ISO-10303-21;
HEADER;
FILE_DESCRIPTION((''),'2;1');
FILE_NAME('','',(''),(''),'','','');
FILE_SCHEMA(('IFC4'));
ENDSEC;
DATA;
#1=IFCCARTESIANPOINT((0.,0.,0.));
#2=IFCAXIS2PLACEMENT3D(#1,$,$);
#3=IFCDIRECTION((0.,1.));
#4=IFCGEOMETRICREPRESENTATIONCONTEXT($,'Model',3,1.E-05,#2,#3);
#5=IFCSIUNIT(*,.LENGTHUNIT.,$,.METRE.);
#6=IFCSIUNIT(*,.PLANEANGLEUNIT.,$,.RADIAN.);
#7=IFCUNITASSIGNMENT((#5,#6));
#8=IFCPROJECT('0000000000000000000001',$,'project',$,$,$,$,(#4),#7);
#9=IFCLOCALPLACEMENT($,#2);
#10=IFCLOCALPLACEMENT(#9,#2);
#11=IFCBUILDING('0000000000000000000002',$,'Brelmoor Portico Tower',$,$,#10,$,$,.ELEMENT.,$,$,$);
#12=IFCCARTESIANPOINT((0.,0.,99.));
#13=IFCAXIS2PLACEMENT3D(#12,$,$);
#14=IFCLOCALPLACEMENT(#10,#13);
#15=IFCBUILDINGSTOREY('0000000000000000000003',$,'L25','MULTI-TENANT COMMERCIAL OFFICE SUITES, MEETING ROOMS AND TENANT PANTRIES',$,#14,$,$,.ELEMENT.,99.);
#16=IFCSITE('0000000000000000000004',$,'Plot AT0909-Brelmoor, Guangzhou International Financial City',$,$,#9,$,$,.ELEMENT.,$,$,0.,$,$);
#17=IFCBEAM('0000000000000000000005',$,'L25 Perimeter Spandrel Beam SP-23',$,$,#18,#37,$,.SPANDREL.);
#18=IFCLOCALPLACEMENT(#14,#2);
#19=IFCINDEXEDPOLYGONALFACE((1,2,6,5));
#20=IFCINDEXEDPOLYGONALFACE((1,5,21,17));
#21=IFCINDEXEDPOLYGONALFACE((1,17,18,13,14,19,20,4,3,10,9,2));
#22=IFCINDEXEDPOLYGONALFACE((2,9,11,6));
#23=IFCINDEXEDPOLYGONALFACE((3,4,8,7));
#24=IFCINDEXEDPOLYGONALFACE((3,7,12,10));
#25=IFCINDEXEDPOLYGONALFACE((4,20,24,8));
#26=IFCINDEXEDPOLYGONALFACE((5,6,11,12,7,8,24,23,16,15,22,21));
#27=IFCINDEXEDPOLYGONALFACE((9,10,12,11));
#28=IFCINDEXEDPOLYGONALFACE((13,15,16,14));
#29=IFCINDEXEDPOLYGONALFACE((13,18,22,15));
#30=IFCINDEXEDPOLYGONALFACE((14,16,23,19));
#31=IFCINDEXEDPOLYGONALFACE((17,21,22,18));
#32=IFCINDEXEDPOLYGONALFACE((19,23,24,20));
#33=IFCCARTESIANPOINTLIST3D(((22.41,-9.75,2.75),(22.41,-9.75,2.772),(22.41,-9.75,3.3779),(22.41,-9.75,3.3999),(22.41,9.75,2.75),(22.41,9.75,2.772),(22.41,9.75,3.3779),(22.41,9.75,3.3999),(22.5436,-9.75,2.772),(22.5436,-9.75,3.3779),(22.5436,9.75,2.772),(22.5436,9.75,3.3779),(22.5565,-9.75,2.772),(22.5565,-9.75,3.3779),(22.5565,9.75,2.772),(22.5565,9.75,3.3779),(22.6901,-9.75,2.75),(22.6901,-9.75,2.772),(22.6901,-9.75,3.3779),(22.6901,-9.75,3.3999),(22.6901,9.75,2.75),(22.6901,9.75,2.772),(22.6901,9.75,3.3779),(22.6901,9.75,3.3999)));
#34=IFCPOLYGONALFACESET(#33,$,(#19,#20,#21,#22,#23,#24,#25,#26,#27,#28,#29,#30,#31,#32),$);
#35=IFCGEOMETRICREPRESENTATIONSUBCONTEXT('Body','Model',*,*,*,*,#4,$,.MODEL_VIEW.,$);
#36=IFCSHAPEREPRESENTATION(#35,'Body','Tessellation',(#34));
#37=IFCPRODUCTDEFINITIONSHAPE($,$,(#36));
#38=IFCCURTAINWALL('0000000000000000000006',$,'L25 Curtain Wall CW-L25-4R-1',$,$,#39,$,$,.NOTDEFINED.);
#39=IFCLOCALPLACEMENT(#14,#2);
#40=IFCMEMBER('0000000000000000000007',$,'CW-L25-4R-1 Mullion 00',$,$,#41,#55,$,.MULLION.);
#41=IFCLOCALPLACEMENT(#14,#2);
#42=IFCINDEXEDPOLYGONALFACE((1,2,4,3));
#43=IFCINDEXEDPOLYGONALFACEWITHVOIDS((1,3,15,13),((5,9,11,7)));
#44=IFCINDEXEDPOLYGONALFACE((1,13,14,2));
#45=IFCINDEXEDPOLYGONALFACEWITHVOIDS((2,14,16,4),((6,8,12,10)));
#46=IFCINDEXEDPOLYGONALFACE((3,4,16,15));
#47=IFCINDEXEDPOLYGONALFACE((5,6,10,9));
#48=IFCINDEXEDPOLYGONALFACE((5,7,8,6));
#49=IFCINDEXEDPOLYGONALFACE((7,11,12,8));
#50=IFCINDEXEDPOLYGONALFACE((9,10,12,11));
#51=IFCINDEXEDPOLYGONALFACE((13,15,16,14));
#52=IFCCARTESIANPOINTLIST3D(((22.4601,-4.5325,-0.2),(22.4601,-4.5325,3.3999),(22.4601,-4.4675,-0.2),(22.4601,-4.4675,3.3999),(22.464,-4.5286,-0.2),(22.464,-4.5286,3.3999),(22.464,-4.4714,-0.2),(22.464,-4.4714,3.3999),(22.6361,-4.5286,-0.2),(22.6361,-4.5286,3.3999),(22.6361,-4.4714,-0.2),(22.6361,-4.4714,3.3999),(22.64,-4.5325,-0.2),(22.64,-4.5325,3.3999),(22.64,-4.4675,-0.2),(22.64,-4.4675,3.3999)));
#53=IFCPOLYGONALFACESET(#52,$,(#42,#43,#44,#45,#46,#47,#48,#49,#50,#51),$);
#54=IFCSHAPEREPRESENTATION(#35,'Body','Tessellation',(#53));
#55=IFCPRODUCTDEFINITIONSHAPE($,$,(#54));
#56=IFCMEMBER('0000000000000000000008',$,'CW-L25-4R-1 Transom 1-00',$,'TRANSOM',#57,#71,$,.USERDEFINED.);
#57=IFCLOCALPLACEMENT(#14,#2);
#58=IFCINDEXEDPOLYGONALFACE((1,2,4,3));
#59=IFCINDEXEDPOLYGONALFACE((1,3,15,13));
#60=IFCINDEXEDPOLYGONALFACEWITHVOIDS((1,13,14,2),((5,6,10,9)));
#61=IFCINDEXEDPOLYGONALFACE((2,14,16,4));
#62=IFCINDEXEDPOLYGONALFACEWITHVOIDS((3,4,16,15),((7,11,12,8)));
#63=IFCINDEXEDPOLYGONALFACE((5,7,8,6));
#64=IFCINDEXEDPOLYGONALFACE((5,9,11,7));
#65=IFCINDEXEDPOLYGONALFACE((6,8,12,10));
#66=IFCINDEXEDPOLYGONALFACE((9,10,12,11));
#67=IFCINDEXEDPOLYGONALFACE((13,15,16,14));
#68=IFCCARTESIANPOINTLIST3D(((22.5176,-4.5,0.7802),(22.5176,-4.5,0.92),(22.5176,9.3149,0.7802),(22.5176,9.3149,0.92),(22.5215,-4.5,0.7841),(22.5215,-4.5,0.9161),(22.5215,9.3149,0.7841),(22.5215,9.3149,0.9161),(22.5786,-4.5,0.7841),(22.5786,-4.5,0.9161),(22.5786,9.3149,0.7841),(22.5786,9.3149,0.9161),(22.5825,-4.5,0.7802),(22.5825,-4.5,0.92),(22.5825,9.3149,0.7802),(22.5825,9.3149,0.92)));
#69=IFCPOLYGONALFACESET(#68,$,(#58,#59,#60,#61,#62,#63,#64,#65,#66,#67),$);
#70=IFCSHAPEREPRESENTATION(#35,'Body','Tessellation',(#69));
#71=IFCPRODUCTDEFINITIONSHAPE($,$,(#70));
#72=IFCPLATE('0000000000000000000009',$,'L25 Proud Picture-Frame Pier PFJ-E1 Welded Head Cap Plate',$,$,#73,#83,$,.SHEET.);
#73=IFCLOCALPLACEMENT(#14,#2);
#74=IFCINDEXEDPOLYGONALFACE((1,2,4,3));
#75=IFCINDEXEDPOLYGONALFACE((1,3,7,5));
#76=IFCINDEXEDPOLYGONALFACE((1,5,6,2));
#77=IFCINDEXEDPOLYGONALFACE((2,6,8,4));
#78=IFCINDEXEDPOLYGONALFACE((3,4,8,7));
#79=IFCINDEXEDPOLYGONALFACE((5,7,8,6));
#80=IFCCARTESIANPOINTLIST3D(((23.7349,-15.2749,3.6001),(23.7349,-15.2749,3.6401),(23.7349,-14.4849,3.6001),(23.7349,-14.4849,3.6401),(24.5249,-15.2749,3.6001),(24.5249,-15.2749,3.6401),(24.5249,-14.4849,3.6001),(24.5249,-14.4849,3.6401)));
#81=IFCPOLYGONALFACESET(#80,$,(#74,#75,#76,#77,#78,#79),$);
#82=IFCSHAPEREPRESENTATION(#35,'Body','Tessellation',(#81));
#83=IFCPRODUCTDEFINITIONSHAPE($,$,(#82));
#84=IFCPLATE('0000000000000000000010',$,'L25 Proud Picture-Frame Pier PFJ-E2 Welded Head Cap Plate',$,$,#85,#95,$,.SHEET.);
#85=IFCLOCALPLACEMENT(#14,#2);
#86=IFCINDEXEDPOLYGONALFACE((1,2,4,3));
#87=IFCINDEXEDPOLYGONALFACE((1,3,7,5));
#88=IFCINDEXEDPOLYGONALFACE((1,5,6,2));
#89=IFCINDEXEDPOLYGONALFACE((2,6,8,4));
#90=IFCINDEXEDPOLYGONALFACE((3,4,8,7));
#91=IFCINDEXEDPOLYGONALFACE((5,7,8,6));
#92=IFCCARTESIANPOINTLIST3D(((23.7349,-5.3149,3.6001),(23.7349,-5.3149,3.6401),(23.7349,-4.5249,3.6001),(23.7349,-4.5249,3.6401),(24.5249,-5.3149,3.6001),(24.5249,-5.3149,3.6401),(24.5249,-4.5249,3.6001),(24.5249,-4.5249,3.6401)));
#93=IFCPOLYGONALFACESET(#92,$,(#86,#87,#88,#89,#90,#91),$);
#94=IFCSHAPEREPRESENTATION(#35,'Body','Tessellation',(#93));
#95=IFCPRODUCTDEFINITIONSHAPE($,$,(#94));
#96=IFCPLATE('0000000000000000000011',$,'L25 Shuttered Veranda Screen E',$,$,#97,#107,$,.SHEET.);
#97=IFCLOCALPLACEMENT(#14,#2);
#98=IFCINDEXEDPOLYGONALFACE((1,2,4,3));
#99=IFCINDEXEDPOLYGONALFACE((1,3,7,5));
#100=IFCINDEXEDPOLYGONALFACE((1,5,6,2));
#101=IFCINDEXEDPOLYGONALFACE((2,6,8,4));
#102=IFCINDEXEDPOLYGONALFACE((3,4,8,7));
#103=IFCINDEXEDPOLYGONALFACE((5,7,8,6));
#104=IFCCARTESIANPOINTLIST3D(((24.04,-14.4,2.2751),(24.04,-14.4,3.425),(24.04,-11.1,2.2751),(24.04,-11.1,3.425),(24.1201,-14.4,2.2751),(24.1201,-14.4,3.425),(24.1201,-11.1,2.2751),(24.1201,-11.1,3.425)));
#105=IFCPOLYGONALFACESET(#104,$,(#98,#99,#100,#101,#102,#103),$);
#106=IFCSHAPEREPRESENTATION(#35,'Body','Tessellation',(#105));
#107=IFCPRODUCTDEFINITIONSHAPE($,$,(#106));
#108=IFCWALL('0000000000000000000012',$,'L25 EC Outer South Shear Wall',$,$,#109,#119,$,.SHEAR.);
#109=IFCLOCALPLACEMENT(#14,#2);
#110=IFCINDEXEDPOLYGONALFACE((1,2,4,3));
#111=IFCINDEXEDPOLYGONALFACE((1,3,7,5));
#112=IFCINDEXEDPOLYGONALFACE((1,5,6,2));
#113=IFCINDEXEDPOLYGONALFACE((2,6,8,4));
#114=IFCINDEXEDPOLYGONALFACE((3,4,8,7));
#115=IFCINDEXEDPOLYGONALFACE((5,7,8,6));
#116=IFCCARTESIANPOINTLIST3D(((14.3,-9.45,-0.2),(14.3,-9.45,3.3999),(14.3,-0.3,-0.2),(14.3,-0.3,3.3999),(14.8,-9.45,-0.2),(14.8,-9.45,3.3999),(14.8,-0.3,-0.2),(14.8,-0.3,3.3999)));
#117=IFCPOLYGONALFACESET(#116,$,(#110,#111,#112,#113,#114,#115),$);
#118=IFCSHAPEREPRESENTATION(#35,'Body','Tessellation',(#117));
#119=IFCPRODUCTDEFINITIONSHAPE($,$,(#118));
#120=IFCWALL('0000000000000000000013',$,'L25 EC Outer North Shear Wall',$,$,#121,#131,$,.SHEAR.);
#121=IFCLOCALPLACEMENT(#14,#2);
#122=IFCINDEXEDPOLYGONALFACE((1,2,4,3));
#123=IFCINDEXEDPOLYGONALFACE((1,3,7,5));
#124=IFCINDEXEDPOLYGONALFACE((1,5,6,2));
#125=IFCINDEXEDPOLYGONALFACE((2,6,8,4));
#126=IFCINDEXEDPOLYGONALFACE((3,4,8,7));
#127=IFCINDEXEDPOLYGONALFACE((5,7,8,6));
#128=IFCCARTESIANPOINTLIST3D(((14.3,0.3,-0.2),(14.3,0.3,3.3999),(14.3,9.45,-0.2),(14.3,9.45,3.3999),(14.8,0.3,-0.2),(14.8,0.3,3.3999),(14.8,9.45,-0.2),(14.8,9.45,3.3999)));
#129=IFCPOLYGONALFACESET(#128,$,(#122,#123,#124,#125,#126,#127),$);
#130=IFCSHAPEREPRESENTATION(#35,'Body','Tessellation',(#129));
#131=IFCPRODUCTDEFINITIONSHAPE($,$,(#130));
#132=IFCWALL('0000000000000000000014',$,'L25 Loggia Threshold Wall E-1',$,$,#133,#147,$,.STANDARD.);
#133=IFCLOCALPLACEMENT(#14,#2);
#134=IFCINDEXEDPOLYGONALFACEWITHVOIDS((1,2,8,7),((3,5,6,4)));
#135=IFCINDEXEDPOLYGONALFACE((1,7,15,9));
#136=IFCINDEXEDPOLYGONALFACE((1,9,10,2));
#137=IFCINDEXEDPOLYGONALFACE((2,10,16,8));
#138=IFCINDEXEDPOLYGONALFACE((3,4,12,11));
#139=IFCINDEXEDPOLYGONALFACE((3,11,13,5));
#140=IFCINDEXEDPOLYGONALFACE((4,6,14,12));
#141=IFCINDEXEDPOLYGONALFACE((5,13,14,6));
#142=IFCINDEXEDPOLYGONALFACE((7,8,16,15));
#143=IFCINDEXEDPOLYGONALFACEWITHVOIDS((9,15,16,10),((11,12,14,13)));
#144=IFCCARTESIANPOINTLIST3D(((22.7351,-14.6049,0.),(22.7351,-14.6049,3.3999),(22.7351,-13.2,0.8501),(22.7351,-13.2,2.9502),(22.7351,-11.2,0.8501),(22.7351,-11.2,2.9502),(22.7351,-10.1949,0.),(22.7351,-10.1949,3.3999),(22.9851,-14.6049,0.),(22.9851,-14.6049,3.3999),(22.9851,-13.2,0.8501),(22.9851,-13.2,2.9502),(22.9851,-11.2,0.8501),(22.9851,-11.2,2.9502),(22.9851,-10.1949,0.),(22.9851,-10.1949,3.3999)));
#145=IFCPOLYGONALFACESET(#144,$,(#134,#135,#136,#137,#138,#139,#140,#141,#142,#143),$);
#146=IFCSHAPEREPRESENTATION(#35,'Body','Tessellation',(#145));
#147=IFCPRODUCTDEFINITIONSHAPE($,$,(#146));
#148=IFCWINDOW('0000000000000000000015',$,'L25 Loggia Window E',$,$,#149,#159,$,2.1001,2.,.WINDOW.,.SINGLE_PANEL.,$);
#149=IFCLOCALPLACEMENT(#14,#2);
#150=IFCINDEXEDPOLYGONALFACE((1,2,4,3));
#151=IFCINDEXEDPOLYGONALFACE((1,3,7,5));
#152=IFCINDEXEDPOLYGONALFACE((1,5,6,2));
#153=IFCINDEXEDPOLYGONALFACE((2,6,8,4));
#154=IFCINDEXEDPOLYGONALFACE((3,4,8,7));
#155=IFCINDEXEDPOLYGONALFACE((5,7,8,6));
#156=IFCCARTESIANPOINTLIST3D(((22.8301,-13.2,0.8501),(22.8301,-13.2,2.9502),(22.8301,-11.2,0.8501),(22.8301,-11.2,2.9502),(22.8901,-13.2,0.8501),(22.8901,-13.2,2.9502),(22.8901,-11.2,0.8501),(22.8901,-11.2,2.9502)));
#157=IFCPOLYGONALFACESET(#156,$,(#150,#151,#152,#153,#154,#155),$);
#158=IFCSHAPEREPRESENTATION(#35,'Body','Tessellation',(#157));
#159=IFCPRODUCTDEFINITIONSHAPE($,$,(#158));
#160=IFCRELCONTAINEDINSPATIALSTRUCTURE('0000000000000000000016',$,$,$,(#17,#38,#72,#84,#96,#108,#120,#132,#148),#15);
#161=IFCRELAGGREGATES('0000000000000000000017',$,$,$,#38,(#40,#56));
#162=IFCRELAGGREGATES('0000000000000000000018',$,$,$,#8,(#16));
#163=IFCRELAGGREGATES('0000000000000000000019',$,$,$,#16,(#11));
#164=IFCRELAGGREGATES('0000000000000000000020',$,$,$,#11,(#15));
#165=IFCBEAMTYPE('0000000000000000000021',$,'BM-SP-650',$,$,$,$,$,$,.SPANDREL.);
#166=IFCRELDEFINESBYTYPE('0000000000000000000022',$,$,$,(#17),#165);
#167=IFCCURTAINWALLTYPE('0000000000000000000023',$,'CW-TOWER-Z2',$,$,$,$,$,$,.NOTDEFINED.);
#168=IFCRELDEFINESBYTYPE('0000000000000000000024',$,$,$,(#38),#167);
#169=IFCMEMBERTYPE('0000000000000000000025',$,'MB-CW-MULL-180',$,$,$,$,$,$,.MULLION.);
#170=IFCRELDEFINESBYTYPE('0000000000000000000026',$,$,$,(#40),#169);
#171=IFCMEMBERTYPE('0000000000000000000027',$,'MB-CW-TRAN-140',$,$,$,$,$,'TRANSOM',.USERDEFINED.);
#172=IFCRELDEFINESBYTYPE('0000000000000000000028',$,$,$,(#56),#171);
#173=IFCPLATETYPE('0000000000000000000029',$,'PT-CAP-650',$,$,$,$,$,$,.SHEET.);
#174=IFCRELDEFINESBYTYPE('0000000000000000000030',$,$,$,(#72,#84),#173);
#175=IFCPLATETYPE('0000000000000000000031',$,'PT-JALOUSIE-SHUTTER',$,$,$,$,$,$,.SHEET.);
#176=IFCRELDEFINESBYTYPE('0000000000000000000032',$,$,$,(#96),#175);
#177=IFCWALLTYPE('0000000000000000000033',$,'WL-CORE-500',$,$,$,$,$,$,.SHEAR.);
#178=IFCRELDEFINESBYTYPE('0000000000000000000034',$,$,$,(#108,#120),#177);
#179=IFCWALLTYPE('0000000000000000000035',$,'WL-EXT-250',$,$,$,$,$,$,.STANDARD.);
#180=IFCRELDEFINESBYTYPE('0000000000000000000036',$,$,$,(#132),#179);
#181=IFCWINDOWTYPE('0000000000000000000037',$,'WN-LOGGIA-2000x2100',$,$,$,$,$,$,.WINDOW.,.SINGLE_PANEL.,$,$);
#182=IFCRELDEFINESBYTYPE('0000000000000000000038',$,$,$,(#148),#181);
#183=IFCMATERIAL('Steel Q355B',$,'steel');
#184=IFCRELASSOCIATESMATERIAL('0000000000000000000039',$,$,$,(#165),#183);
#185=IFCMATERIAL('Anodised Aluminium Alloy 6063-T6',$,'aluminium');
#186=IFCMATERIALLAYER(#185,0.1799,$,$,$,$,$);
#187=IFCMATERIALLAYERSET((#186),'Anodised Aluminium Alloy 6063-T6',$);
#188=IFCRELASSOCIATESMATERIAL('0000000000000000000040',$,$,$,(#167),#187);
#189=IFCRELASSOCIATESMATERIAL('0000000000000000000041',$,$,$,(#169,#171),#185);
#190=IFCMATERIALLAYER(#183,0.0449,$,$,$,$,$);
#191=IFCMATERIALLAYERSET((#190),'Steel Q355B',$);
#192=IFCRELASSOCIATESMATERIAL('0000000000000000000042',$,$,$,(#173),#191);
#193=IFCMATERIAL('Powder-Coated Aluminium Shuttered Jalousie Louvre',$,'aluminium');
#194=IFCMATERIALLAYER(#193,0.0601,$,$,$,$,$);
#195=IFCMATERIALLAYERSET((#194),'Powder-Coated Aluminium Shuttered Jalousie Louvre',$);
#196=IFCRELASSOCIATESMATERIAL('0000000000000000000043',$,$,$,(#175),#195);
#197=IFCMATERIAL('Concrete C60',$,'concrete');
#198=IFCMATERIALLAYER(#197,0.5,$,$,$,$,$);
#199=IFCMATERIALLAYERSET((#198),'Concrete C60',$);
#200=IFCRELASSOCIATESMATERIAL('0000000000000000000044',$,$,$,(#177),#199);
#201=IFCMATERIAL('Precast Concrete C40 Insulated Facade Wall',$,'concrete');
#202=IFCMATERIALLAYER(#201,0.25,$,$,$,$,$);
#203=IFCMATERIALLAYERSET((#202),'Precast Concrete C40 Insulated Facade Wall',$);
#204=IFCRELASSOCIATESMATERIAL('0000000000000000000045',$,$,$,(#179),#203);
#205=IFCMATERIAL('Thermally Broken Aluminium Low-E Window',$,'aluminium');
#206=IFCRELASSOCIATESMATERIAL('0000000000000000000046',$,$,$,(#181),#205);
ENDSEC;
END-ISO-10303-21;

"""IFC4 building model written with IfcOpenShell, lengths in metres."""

from ifc_helpers import new_model, si_unit, direction, frame, frame_2d, origin, origin_2d, place, context, subcontext, project, spatial, rectangle, hollow_rectangle, i_section, extrude, material, layer, layer_set, material_profile, profile_set, type_object, element, fill, aggregate, save


model = new_model("IFC4")

# Units and contexts
model_context = context("Model", 3, precision=1e-05, world=origin(), true_north=direction((0.0, 1.0)))
body_context = subcontext(model_context, "Body", "Model", "MODEL_VIEW")
ifc_project = project(units=[si_unit("LENGTHUNIT", "METRE"), si_unit("PLANEANGLEUNIT", "RADIAN")], contexts=[model_context])

# Site, building, storey
site_placement = place(None, origin())
site = spatial("IfcSite", under=ifc_project, at=site_placement, Name="Plot AT0909-Brelmoor, Guangzhou International Financial City", CompositionType="ELEMENT", RefElevation=0.0)
building_placement = place(site_placement, origin())
building = spatial("IfcBuilding", under=site, at=building_placement, Name="Brelmoor Portico Tower", CompositionType="ELEMENT")
storey_placement = place(building_placement, frame((0.0, 0.0, 99.0)))
storey = spatial("IfcBuildingStorey", under=building, at=storey_placement, Name="L25", Description="MULTI-TENANT COMMERCIAL OFFICE SUITES, MEETING ROOMS AND TENANT PANTRIES", CompositionType="ELEMENT", Elevation=99.0)

# Shared definitions
ifc_material_1 = material(Name="Steel Q355B", Category="steel")

# Beam
ifc_material_profile_1 = material_profile(ifc_material_1, i_section(OverallWidth=0.28, OverallDepth=0.6499, WebThickness=0.0129, FlangeThickness=0.022, at=origin_2d()), Name="HN 650x280x13x22")
ifc_profile_set_1 = profile_set([ifc_material_profile_1], Name="Steel Q355B")
beam_type_1 = type_object("IfcBeamType", Name="BM-SP-650", PredefinedType="SPANDREL", material=ifc_profile_set_1)
beam_1_placement = place(storey_placement, frame((22.55, -9.75, 3.075), z_axis=(0.0, 1.0, 0.0), x_axis=(-1.0, 0.0, 0.0)))
element("IfcBeam", 1, at=beam_1_placement, inside=storey, type_object=beam_type_1, Name="L25 Perimeter Spandrel Beam SP-23", PredefinedType="SPANDREL", context=body_context, shape_type="SweptSolid", body=[
    extrude(i_section(OverallWidth=0.28, OverallDepth=0.6499, WebThickness=0.0129, FlangeThickness=0.022, at=origin_2d()), origin(), (0.0, 0.0, 1.0), 19.5),
])

# Curtain wall, members
ifc_material_2 = material(Name="Anodised Aluminium Alloy 6063-T6", Category="aluminium")
ifc_layer_1 = layer(ifc_material_2, 0.1799)
ifc_layer_set_1 = layer_set([ifc_layer_1], Name="Anodised Aluminium Alloy 6063-T6")
curtain_wall_type = type_object("IfcCurtainWallType", Name="CW-TOWER-Z2", PredefinedType="NOTDEFINED", material=ifc_layer_set_1)
curtain_wall_placement = place(storey_placement, origin())
curtain_wall = element("IfcCurtainWall", 2, at=curtain_wall_placement, inside=storey, type_object=curtain_wall_type, Name="L25 Curtain Wall CW-L25-4R-1", PredefinedType="NOTDEFINED")
ifc_material_profile_2 = material_profile(ifc_material_2, hollow_rectangle(XDim=0.0649, YDim=0.1799, WallThickness=0.0039, at=origin_2d()), Name="ALU MULLION 65x180")
ifc_profile_set_2 = profile_set([ifc_material_profile_2], Name="Anodised Aluminium Alloy 6063-T6")
member_type_1 = type_object("IfcMemberType", Name="MB-CW-MULL-180", PredefinedType="MULLION", material=ifc_profile_set_2)
member_1_placement = place(storey_placement, frame((22.55, -4.5, -0.2), z_axis=(0.0, 0.0, 1.0), x_axis=(0.0, 1.0, 0.0)))
member_1 = element("IfcMember", 3, at=member_1_placement, type_object=member_type_1, Name="CW-L25-4R-1 Mullion 00", PredefinedType="MULLION", context=body_context, shape_type="SweptSolid", body=[
    extrude(hollow_rectangle(XDim=0.0649, YDim=0.1799, WallThickness=0.0039, at=origin_2d()), origin(), (0.0, 0.0, 1.0), 3.5999),
])
ifc_material_profile_3 = material_profile(ifc_material_2, hollow_rectangle(XDim=0.0649, YDim=0.1399, WallThickness=0.0039, at=origin_2d()), Name="ALU TRANSOM 65x140")
ifc_profile_set_3 = profile_set([ifc_material_profile_3], Name="Anodised Aluminium Alloy 6063-T6")
member_type_2 = type_object("IfcMemberType", Name="MB-CW-TRAN-140", ElementType="TRANSOM", PredefinedType="USERDEFINED", material=ifc_profile_set_3)
member_2_placement = place(storey_placement, frame((22.55, -4.5, 0.8501), z_axis=(0.0, 1.0, 0.0), x_axis=(-1.0, 0.0, 0.0)))
member_2 = element("IfcMember", 4, at=member_2_placement, type_object=member_type_2, Name="CW-L25-4R-1 Transom 1-00", ObjectType="TRANSOM", PredefinedType="USERDEFINED", context=body_context, shape_type="SweptSolid", body=[
    extrude(hollow_rectangle(XDim=0.0649, YDim=0.1399, WallThickness=0.0039, at=origin_2d()), origin(), (0.0, 0.0, 1.0), 13.8149),
])
aggregate(curtain_wall, [member_1, member_2])

# Plates
ifc_layer_2 = layer(ifc_material_1, 0.0449)
ifc_layer_set_2 = layer_set([ifc_layer_2], Name="Steel Q355B")
plate_type_1 = type_object("IfcPlateType", Name="PT-CAP-650", PredefinedType="SHEET", material=ifc_layer_set_2)
for number, where, z_axis, x_axis, name in (
    (5, (24.1299, -14.8799, 3.6001), (0.0, 0.0, 1.0), (0.0, 1.0, 0.0), "L25 Proud Picture-Frame Pier PFJ-E1 Welded Head Cap Plate"),
    (6, (24.1299, -4.9199, 3.6001), (0.0, 0.0, 1.0), (0.0, 1.0, 0.0), "L25 Proud Picture-Frame Pier PFJ-E2 Welded Head Cap Plate"),
):
    element("IfcPlate", number, at=place(storey_placement, frame(where, z_axis=z_axis, x_axis=x_axis)), inside=storey, type_object=plate_type_1, Name=name, PredefinedType="SHEET", context=body_context, shape_type="SweptSolid", body=[
        extrude(rectangle(XDim=0.79, YDim=0.79, at=origin_2d()), origin(), (0.0, 0.0, 1.0), 0.04),
    ])
ifc_material_3 = material(Name="Powder-Coated Aluminium Shuttered Jalousie Louvre", Category="aluminium")
ifc_layer_3 = layer(ifc_material_3, 0.0601)
ifc_layer_set_3 = layer_set([ifc_layer_3], Name="Powder-Coated Aluminium Shuttered Jalousie Louvre")
plate_type_2 = type_object("IfcPlateType", Name="PT-JALOUSIE-SHUTTER", PredefinedType="SHEET", material=ifc_layer_set_3)
plate_placement = place(storey_placement, frame((24.0801, -12.75, 2.2751), z_axis=(0.0, 0.0, 1.0), x_axis=(0.0, 1.0, 0.0)))
element("IfcPlate", 7, at=plate_placement, inside=storey, type_object=plate_type_2, Name="L25 Shuttered Veranda Screen E", PredefinedType="SHEET", context=body_context, shape_type="SweptSolid", body=[
    extrude(rectangle(XDim=3.3, YDim=0.0801, at=origin_2d()), origin(), (0.0, 0.0, 1.0), 1.1499),
])

# Walls
ifc_material_4 = material(Name="Concrete C60", Category="concrete")
ifc_layer_4 = layer(ifc_material_4, 0.5)
ifc_layer_set_4 = layer_set([ifc_layer_4], Name="Concrete C60")
wall_type_1 = type_object("IfcWallType", Name="WL-CORE-500", PredefinedType="SHEAR", material=ifc_layer_set_4)
for number, where, z_axis, x_axis, name in (
    (8, (14.55, -9.45, -0.2), (0.0, 0.0, 1.0), (0.0, 1.0, 0.0), "L25 EC Outer South Shear Wall"),
    (9, (14.55, 0.3, -0.2), (0.0, 0.0, 1.0), (0.0, 1.0, 0.0), "L25 EC Outer North Shear Wall"),
):
    element("IfcWall", number, at=place(storey_placement, frame(where, z_axis=z_axis, x_axis=x_axis)), inside=storey, type_object=wall_type_1, Name=name, PredefinedType="SHEAR", context=body_context, shape_type="SweptSolid", body=[
        extrude(rectangle(XDim=9.1499, YDim=0.5, at=frame_2d((4.575, 0.0))), origin(), (0.0, 0.0, 1.0), 3.5999),
    ])

# Wall, opening, window
ifc_material_5 = material(Name="Precast Concrete C40 Insulated Facade Wall", Category="concrete")
ifc_layer_5 = layer(ifc_material_5, 0.25)
ifc_layer_set_5 = layer_set([ifc_layer_5], Name="Precast Concrete C40 Insulated Facade Wall")
wall_type_2 = type_object("IfcWallType", Name="WL-EXT-250", PredefinedType="STANDARD", material=ifc_layer_set_5)
wall_1_placement = place(storey_placement, frame((22.8601, -14.605, 0.0), z_axis=(0.0, 0.0, 1.0), x_axis=(0.0, 1.0, 0.0)))
wall_1 = element("IfcWall", 10, at=wall_1_placement, inside=storey, type_object=wall_type_2, Name="L25 Loggia Threshold Wall E-1", PredefinedType="STANDARD", context=body_context, shape_type="SweptSolid", body=[
    extrude(rectangle(XDim=4.4099, YDim=0.25, at=frame_2d((2.2051, 0.0))), origin(), (0.0, 0.0, 1.0), 3.3999),
])
opening_1_placement = place(wall_1_placement, frame((1.405, 0.0, 0.8501)))
opening_1 = element("IfcOpeningElement", 11, at=opening_1_placement, cuts=wall_1, PredefinedType="OPENING", context=body_context, shape_type="SweptSolid", body=[
    extrude(rectangle(XDim=2.0, YDim=2.1001, at=frame_2d((1.0, 1.05))), frame((0.0, 0.135, 0.0), z_axis=(0.0, -1.0, 0.0), x_axis=(1.0, 0.0, 0.0)), (0.0, 0.0, 1.0), 0.27),
])
ifc_material_6 = material(Name="Thermally Broken Aluminium Low-E Window", Category="aluminium")
window_type = type_object("IfcWindowType", Name="WN-LOGGIA-2000x2100", PartitioningType="SINGLE_PANEL", PredefinedType="WINDOW", material=ifc_material_6)
window_placement = place(opening_1_placement, origin())
window = element("IfcWindow", 12, at=window_placement, inside=storey, type_object=window_type, Name="L25 Loggia Window E", OverallHeight=2.1001, OverallWidth=2.0, PartitioningType="SINGLE_PANEL", PredefinedType="WINDOW", context=body_context, shape_type="SweptSolid", body=[
    extrude(rectangle(XDim=2.0, YDim=2.1001, at=frame_2d((1.0, 1.05))), frame((0.0, 0.03, 0.0), z_axis=(0.0, -1.0, 0.0), x_axis=(1.0, 0.0, 0.0)), (0.0, 0.0, 1.0), 0.0601),
])
fill(opening_1, window)

save(model, "model.ifc")
